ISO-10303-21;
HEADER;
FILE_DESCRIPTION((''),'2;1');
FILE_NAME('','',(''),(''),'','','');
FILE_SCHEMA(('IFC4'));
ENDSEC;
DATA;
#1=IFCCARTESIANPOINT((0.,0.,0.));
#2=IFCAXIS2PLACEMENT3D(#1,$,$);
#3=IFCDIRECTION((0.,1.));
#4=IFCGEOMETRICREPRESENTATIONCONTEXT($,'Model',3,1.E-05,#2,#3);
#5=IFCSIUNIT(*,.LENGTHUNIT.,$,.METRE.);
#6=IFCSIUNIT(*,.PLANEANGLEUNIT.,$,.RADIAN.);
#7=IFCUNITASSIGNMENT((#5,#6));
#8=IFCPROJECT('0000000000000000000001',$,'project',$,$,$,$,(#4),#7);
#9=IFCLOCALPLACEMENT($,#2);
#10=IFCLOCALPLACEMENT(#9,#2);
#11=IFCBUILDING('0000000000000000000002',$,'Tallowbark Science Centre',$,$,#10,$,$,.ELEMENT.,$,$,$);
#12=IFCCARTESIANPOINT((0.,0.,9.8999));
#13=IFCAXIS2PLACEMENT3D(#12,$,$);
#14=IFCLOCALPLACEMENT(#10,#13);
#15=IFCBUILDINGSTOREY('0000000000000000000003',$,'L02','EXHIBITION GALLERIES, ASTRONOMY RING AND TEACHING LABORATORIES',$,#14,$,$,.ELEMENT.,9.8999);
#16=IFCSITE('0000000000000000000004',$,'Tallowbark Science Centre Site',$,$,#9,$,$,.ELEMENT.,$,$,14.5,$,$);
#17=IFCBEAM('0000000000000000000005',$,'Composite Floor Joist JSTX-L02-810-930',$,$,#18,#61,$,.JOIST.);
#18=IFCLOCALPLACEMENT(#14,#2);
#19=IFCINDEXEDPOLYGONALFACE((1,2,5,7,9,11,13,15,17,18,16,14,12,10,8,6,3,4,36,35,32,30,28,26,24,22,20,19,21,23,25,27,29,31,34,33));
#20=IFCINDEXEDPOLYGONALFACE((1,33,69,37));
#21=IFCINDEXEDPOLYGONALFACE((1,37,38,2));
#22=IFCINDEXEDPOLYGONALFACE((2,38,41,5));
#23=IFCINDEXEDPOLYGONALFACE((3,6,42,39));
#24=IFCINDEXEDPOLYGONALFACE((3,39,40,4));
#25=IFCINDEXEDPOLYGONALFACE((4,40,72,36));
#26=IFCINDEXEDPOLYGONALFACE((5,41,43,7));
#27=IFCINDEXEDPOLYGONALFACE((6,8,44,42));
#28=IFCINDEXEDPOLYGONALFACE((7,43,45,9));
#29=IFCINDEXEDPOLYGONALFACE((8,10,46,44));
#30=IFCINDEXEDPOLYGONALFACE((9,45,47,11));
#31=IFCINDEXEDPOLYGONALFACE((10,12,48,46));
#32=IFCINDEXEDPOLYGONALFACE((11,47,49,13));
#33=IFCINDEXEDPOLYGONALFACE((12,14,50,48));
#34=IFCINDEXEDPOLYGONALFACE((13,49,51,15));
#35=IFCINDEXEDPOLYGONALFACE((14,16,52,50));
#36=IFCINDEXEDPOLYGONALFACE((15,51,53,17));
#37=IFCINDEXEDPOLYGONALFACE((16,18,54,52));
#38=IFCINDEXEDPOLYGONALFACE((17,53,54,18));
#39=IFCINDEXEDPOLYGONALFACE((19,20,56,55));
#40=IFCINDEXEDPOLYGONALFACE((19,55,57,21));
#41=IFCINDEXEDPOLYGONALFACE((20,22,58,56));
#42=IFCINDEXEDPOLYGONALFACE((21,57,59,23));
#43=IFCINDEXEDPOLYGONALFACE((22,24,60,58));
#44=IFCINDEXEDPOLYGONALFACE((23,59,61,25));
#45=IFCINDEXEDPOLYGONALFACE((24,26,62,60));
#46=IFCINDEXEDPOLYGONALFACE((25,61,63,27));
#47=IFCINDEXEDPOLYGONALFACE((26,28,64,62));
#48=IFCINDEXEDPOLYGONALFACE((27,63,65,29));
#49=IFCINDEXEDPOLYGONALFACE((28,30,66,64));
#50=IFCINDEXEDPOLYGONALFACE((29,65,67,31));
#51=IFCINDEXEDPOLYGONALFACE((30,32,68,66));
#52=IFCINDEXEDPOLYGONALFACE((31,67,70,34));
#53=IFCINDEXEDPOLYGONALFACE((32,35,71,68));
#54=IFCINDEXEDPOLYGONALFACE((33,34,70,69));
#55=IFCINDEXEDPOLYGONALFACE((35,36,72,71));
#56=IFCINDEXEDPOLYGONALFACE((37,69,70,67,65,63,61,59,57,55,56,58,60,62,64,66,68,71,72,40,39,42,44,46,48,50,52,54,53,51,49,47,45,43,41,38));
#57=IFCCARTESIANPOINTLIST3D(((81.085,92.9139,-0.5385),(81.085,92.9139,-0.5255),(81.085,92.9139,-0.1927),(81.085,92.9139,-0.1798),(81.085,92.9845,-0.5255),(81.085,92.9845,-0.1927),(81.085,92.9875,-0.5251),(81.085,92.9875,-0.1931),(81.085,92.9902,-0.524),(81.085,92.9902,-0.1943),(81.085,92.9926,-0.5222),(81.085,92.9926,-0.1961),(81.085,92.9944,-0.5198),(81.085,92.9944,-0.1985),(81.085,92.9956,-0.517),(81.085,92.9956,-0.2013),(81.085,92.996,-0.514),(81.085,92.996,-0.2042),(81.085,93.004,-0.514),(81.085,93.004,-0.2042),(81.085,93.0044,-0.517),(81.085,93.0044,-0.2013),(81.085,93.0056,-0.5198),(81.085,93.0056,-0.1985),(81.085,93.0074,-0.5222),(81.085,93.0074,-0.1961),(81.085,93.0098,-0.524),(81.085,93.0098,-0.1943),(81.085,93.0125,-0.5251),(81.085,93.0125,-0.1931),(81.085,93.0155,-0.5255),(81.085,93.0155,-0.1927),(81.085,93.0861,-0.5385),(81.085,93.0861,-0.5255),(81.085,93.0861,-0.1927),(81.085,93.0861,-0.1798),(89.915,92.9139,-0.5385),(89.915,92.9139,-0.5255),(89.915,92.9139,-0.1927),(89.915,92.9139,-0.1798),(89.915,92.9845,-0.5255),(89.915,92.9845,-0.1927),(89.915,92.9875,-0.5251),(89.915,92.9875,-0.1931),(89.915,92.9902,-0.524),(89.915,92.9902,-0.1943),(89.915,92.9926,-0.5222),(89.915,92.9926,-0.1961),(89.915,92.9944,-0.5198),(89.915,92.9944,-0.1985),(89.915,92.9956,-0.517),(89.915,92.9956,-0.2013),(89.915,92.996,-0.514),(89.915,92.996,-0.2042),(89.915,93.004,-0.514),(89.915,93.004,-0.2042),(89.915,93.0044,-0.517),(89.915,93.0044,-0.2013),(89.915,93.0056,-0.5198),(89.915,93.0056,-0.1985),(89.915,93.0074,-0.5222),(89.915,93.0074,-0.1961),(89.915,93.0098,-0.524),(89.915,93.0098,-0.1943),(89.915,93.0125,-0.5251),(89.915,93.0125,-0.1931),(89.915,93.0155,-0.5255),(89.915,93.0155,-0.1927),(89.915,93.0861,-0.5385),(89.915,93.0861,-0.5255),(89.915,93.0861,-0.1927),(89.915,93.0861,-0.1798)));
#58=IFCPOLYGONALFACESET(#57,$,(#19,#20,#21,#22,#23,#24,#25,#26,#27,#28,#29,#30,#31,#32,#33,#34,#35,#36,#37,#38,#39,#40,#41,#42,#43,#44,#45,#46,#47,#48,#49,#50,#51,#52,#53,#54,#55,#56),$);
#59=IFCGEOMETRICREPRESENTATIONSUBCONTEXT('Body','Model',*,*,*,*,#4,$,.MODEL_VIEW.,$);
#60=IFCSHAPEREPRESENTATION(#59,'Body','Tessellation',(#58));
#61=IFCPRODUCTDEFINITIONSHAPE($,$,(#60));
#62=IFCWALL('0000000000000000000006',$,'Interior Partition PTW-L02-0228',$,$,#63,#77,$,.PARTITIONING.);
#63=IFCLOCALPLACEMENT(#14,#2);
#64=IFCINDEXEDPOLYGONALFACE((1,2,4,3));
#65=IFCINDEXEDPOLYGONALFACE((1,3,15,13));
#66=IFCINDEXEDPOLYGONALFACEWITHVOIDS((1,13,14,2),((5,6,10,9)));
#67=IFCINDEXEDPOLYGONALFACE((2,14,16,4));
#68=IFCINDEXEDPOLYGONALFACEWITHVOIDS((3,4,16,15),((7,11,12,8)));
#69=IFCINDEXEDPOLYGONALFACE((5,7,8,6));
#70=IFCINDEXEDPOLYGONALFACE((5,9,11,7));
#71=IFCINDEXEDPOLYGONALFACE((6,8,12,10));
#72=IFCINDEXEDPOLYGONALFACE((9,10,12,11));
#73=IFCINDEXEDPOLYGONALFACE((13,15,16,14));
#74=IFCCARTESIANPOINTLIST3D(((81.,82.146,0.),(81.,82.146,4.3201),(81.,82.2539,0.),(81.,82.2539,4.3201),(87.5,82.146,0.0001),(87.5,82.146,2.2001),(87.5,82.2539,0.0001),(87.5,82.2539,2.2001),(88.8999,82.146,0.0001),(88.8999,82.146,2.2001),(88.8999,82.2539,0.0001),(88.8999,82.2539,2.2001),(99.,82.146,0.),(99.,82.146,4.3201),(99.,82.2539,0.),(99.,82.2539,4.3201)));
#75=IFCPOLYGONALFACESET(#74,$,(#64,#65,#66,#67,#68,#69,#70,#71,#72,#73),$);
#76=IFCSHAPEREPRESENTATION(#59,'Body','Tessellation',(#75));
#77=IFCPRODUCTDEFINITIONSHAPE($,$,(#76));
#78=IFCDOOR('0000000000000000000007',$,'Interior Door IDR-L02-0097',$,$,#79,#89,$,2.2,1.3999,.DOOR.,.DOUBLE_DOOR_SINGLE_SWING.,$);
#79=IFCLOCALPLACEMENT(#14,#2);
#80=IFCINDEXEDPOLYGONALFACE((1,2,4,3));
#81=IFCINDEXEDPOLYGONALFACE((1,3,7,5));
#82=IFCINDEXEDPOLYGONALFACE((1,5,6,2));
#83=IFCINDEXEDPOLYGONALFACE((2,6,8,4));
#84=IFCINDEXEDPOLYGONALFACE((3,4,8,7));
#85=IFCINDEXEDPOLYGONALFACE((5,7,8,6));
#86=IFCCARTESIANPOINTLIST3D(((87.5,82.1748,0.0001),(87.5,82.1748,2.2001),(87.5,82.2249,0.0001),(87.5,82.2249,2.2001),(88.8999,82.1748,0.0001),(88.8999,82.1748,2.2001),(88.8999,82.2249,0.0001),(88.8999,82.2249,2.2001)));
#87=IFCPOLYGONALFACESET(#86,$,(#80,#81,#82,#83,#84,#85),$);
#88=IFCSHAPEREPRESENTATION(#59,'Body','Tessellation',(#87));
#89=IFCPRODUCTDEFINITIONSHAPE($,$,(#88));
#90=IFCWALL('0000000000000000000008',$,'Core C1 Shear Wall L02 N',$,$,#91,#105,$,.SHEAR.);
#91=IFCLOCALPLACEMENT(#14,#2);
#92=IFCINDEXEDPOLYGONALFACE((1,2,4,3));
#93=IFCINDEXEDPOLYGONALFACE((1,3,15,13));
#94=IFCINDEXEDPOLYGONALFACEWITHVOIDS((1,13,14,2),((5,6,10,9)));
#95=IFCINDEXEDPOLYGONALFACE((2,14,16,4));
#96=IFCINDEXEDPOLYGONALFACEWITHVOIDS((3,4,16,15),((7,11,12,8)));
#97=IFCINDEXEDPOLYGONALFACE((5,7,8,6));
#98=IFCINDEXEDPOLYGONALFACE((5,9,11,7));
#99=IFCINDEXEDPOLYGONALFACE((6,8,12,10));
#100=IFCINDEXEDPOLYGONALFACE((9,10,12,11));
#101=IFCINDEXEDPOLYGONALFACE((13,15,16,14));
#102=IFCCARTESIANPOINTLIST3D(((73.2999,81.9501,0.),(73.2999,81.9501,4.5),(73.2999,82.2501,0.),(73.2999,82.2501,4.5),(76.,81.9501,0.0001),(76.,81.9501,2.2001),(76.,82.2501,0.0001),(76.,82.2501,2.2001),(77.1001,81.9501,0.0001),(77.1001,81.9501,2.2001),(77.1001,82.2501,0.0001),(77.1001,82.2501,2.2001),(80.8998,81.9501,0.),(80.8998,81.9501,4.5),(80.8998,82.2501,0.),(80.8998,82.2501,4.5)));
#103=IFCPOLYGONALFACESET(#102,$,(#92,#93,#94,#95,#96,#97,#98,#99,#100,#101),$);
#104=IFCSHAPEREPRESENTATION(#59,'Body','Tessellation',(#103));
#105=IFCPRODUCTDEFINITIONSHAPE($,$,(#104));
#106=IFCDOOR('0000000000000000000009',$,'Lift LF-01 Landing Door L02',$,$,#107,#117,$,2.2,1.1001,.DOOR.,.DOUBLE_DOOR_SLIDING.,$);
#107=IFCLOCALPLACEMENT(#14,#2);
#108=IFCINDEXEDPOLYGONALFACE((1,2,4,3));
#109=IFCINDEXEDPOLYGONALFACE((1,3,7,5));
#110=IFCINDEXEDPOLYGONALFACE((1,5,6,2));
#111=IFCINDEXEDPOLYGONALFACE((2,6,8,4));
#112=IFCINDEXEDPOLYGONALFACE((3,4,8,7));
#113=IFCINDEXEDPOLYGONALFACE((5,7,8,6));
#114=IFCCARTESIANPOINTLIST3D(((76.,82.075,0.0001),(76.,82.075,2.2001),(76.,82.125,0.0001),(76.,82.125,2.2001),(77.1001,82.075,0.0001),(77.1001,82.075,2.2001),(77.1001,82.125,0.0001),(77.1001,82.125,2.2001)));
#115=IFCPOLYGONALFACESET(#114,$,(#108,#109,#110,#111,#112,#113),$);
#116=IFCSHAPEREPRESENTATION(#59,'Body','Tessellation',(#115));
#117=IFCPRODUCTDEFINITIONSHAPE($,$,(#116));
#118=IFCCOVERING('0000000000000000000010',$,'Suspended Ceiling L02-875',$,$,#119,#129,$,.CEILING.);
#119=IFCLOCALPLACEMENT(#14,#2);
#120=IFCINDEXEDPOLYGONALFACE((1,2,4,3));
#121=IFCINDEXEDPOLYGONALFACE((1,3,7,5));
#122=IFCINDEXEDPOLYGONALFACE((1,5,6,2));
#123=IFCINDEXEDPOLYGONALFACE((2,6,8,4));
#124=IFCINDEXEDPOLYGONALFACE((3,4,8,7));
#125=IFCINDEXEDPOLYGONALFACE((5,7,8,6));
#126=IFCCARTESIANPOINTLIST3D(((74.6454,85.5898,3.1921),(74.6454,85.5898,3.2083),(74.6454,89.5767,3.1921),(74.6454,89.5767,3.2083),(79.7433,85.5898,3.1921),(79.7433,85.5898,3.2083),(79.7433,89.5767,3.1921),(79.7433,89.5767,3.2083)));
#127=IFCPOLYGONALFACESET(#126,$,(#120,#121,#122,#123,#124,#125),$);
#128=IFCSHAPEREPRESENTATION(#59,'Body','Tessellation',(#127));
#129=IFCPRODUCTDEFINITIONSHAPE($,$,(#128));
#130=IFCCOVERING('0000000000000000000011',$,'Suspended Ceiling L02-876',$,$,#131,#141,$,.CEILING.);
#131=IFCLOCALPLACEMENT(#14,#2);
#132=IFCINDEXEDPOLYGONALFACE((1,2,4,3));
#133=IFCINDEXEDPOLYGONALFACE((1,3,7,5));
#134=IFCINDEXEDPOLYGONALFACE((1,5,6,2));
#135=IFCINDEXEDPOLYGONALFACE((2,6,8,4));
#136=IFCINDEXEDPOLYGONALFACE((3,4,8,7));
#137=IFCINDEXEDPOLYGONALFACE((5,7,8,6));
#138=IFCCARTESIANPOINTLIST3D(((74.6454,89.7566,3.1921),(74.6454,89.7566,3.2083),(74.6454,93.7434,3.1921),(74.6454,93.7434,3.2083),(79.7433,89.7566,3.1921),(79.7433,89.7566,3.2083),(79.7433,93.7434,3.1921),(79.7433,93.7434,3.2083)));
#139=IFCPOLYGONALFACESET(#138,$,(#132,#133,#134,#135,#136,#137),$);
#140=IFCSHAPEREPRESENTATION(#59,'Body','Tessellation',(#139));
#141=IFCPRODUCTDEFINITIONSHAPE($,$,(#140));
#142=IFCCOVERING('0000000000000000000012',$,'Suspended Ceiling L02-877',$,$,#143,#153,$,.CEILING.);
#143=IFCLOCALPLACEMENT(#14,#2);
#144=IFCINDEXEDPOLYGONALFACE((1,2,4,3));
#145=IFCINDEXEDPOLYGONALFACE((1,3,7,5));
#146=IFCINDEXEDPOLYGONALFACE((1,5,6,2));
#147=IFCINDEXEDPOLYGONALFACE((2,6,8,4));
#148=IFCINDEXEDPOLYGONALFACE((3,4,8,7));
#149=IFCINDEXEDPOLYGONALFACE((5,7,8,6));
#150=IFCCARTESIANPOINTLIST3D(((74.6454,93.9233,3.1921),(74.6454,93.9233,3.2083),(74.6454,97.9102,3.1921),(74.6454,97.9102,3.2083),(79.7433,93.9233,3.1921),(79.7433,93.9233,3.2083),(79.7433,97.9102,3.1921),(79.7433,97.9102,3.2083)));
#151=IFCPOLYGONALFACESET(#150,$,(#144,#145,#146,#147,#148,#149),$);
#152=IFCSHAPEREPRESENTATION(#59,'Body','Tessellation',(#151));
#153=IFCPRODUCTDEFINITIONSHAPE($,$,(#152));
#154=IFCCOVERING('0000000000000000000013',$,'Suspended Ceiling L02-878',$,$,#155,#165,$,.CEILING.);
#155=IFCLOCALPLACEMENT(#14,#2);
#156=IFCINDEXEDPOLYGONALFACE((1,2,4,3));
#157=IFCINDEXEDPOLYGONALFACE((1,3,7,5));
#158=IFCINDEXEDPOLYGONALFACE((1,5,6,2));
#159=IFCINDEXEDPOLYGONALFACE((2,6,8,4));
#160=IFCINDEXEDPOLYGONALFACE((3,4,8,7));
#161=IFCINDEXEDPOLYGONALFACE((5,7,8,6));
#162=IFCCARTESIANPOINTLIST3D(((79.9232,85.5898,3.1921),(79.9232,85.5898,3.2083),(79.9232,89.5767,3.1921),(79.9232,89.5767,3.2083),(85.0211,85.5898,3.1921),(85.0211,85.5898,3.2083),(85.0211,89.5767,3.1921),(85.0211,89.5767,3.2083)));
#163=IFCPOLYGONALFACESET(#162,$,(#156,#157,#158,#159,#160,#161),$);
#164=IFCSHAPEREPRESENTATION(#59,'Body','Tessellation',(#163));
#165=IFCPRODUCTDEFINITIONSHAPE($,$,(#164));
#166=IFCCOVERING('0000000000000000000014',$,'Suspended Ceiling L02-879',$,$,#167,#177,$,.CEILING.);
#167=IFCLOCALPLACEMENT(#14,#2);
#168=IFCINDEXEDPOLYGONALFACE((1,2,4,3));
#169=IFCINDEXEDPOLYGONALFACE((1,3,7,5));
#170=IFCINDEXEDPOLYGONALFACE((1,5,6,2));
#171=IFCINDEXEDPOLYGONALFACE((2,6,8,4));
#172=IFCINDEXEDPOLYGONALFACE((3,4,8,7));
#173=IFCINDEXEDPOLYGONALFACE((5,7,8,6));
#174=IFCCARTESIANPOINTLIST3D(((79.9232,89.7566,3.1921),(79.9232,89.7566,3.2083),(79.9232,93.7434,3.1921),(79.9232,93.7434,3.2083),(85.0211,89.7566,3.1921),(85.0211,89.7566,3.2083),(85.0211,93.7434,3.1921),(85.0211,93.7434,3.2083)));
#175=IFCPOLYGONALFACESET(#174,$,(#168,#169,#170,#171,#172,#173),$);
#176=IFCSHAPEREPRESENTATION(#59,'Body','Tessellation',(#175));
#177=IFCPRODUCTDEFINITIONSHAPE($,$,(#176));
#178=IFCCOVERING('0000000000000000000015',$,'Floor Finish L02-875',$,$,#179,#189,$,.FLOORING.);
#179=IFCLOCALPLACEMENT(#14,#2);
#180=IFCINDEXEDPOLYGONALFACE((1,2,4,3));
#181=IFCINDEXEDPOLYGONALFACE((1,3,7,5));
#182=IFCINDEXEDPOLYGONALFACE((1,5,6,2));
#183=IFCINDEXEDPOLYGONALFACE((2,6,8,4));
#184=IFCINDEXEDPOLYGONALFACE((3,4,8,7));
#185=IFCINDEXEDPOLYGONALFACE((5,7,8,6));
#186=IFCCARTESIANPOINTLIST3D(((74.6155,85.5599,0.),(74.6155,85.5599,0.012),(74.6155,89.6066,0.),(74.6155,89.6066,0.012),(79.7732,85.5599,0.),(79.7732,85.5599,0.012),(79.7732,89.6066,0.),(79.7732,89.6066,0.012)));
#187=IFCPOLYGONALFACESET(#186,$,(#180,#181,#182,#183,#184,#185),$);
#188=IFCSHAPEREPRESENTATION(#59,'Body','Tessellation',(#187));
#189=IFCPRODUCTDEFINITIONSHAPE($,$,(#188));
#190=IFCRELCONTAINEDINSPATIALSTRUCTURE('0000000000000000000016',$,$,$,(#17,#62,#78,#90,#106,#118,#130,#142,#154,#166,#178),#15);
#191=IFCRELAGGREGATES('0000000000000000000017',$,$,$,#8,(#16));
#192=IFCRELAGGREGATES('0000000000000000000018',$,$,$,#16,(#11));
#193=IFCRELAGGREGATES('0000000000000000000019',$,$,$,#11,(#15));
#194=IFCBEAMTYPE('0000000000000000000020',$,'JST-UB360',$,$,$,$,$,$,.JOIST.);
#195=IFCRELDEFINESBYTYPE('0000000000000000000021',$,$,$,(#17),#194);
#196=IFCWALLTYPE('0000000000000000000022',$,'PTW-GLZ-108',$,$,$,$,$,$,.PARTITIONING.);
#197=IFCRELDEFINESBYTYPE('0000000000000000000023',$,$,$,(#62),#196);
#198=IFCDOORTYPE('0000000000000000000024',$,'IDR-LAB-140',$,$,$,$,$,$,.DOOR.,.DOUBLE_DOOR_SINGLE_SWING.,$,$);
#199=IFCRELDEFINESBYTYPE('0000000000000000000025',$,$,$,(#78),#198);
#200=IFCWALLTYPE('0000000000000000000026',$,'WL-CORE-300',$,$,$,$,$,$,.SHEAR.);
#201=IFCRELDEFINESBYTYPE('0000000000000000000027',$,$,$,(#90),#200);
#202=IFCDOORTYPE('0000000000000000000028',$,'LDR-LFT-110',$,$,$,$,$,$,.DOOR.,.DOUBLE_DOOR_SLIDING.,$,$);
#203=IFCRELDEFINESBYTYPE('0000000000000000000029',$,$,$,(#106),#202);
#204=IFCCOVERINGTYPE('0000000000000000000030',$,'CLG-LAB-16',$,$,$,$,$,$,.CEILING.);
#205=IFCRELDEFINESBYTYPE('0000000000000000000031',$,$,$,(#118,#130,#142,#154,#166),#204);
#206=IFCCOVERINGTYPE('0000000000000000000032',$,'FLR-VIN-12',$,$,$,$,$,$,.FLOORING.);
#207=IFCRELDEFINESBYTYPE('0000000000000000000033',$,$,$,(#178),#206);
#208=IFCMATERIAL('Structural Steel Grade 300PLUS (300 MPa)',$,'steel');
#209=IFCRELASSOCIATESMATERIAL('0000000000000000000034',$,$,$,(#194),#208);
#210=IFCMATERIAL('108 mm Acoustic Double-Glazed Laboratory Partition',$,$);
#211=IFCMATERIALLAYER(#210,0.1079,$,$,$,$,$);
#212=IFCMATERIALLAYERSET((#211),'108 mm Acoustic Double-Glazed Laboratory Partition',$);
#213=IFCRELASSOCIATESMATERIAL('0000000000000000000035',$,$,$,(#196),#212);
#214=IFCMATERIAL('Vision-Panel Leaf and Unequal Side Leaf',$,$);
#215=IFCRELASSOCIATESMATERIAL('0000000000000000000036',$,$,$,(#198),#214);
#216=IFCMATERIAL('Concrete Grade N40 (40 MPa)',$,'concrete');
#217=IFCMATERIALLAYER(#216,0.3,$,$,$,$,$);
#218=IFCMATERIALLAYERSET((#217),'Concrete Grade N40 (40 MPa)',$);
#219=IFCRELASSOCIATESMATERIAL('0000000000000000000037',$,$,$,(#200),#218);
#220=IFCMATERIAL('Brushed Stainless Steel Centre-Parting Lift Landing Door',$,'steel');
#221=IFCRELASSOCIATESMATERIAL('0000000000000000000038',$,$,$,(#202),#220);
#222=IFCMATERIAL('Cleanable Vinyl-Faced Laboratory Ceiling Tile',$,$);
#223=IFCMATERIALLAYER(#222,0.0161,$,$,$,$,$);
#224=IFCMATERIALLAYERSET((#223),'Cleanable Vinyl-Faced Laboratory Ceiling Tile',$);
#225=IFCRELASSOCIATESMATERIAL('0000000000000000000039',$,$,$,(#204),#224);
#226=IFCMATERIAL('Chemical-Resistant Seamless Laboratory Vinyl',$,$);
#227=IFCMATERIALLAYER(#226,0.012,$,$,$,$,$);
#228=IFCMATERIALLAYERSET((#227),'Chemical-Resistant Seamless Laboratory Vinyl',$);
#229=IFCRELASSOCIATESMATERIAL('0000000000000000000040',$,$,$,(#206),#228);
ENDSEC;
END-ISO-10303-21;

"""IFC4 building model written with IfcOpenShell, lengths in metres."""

from ifc_helpers import new_model, si_unit, direction, frame, frame_2d, origin, origin_2d, place, context, subcontext, project, spatial, rectangle, i_section, extrude, material, layer, layer_set, material_profile, profile_set, type_object, element, fill, save


model = new_model("IFC4")

# Units and contexts
model_context = context("Model", 3, precision=1e-05, world=origin(), true_north=direction((0.0, 1.0)))
body_context = subcontext(model_context, "Body", "Model", "MODEL_VIEW")
ifc_project = project(units=[si_unit("LENGTHUNIT", "METRE"), si_unit("PLANEANGLEUNIT", "RADIAN")], contexts=[model_context])

# Site, building, storey
site_placement = place(None, origin())
site = spatial("IfcSite", under=ifc_project, at=site_placement, Name="Tallowbark Science Centre Site", CompositionType="ELEMENT", RefElevation=14.5)
building_placement = place(site_placement, origin())
building = spatial("IfcBuilding", under=site, at=building_placement, Name="Tallowbark Science Centre", CompositionType="ELEMENT")
storey_placement = place(building_placement, frame((0.0, 0.0, 9.8999)))
storey = spatial("IfcBuildingStorey", under=building, at=storey_placement, Name="L02", Description="EXHIBITION GALLERIES, ASTRONOMY RING AND TEACHING LABORATORIES", CompositionType="ELEMENT", Elevation=9.8999)

# Shared definitions
ifc_material_1 = material(Name="Structural Steel Grade 300PLUS (300 MPa)", Category="steel")

# Beam
ifc_material_profile_1 = material_profile(ifc_material_1, i_section(OverallWidth=0.1721, OverallDepth=0.3586, WebThickness=0.0081, FlangeThickness=0.0129, FilletRadius=0.0115, at=origin_2d()), Name="360UB56.7")
ifc_profile_set_1 = profile_set([ifc_material_profile_1], Name="Structural Steel Grade 300PLUS (300 MPa)")
beam_type_1 = type_object("IfcBeamType", Name="JST-UB360", PredefinedType="JOIST", material=ifc_profile_set_1)
beam_1_placement = place(storey_placement, frame((81.085, 93.0, -0.3591), z_axis=(1.0, 0.0, 0.0), x_axis=(0.0, 1.0, 0.0)))
element("IfcBeam", 1, at=beam_1_placement, inside=storey, type_object=beam_type_1, Name="Composite Floor Joist JSTX-L02-810-930", PredefinedType="JOIST", context=body_context, shape_type="SweptSolid", body=[
    extrude(i_section(OverallWidth=0.1721, OverallDepth=0.3586, WebThickness=0.0081, FlangeThickness=0.0129, FilletRadius=0.0115, at=origin_2d()), origin(), (0.0, 0.0, 1.0), 8.8301),
])

# Walls, openings, doors
ifc_material_2 = material(Name="108 mm Acoustic Double-Glazed Laboratory Partition")
ifc_layer_1 = layer(ifc_material_2, 0.1079)
ifc_layer_set_1 = layer_set([ifc_layer_1], Name="108 mm Acoustic Double-Glazed Laboratory Partition")
wall_type_1 = type_object("IfcWallType", Name="PTW-GLZ-108", PredefinedType="PARTITIONING", material=ifc_layer_set_1)
wall_1_placement = place(storey_placement, frame((81.0, 82.2, 0.0), z_axis=(0.0, 0.0, 1.0), x_axis=(1.0, 0.0, 0.0)))
wall_1 = element("IfcWall", 2, at=wall_1_placement, inside=storey, type_object=wall_type_1, Name="Interior Partition PTW-L02-0228", PredefinedType="PARTITIONING", context=body_context, shape_type="SweptSolid", body=[
    extrude(rectangle(XDim=18.0, YDim=0.1079, at=frame_2d((9.0, 0.0))), origin(), (0.0, 0.0, 1.0), 4.3201),
])
opening_1_placement = place(wall_1_placement, frame((6.5, 0.0, 0.0)))
opening_1 = element("IfcOpeningElement", 3, at=opening_1_placement, cuts=wall_1, PredefinedType="OPENING", context=body_context, shape_type="SweptSolid", body=[
    extrude(rectangle(XDim=1.3999, YDim=2.2, at=frame_2d((0.7, 1.1001))), frame((0.0, 0.064, 0.0), z_axis=(0.0, -1.0, 0.0), x_axis=(1.0, 0.0, 0.0)), (0.0, 0.0, 1.0), 0.1279),
])
ifc_material_3 = material(Name="Vision-Panel Leaf and Unequal Side Leaf")
door_type_1 = type_object("IfcDoorType", Name="IDR-LAB-140", OperationType="DOUBLE_DOOR_SINGLE_SWING", PredefinedType="DOOR", material=ifc_material_3)
door_1_placement = place(opening_1_placement, origin())
door_1 = element("IfcDoor", 4, at=door_1_placement, inside=storey, type_object=door_type_1, Name="Interior Door IDR-L02-0097", OperationType="DOUBLE_DOOR_SINGLE_SWING", OverallHeight=2.2, OverallWidth=1.3999, PredefinedType="DOOR", context=body_context, shape_type="SweptSolid", body=[
    extrude(rectangle(XDim=1.3999, YDim=2.2, at=frame_2d((0.7, 1.1001))), frame((0.0, 0.0249, 0.0), z_axis=(0.0, -1.0, 0.0), x_axis=(1.0, 0.0, 0.0)), (0.0, 0.0, 1.0), 0.05),
])
fill(opening_1, door_1)
ifc_material_4 = material(Name="Concrete Grade N40 (40 MPa)", Category="concrete")
ifc_layer_2 = layer(ifc_material_4, 0.3)
ifc_layer_set_2 = layer_set([ifc_layer_2], Name="Concrete Grade N40 (40 MPa)")
wall_type_2 = type_object("IfcWallType", Name="WL-CORE-300", PredefinedType="SHEAR", material=ifc_layer_set_2)
wall_2_placement = place(storey_placement, frame((73.3, 82.1001, 0.0), z_axis=(0.0, 0.0, 1.0), x_axis=(1.0, 0.0, 0.0)))
wall_2 = element("IfcWall", 5, at=wall_2_placement, inside=storey, type_object=wall_type_2, Name="Core C1 Shear Wall L02 N", PredefinedType="SHEAR", context=body_context, shape_type="SweptSolid", body=[
    extrude(rectangle(XDim=7.5999, YDim=0.3, at=frame_2d((3.7998, 0.0))), origin(), (0.0, 0.0, 1.0), 4.5),
])
opening_2_placement = place(wall_2_placement, frame((2.7, 0.0, 0.0)))
opening_2 = element("IfcOpeningElement", 6, at=opening_2_placement, cuts=wall_2, PredefinedType="OPENING", context=body_context, shape_type="SweptSolid", body=[
    extrude(rectangle(XDim=1.1001, YDim=2.2, at=frame_2d((0.55, 1.1001))), frame((0.0, 0.1602, 0.0), z_axis=(0.0, -1.0, 0.0), x_axis=(1.0, 0.0, 0.0)), (0.0, 0.0, 1.0), 0.3201),
])
ifc_material_5 = material(Name="Brushed Stainless Steel Centre-Parting Lift Landing Door", Category="steel")
door_type_2 = type_object("IfcDoorType", Name="LDR-LFT-110", OperationType="DOUBLE_DOOR_SLIDING", PredefinedType="DOOR", material=ifc_material_5)
door_2_placement = place(opening_2_placement, origin())
door_2 = element("IfcDoor", 7, at=door_2_placement, inside=storey, type_object=door_type_2, Name="Lift LF-01 Landing Door L02", OperationType="DOUBLE_DOOR_SLIDING", OverallHeight=2.2, OverallWidth=1.1001, PredefinedType="DOOR", context=body_context, shape_type="SweptSolid", body=[
    extrude(rectangle(XDim=1.1001, YDim=2.2, at=frame_2d((0.55, 1.1001))), frame((0.0, 0.0249, 0.0), z_axis=(0.0, -1.0, 0.0), x_axis=(1.0, 0.0, 0.0)), (0.0, 0.0, 1.0), 0.05),
])
fill(opening_2, door_2)

# Coverings
ifc_material_6 = material(Name="Cleanable Vinyl-Faced Laboratory Ceiling Tile")
ifc_layer_3 = layer(ifc_material_6, 0.0161)
ifc_layer_set_3 = layer_set([ifc_layer_3], Name="Cleanable Vinyl-Faced Laboratory Ceiling Tile")
covering_type_1 = type_object("IfcCoveringType", Name="CLG-LAB-16", PredefinedType="CEILING", material=ifc_layer_set_3)
for number, where, z_axis, x_axis, name in (
    (8, (77.1943, 87.5833, 3.1921), (0.0, 0.0, 1.0), (1.0, 0.0, 0.0), "Suspended Ceiling L02-875"),
    (9, (77.1943, 91.75, 3.1921), (0.0, 0.0, 1.0), (1.0, 0.0, 0.0), "Suspended Ceiling L02-876"),
    (10, (77.1943, 95.9167, 3.1921), (0.0, 0.0, 1.0), (1.0, 0.0, 0.0), "Suspended Ceiling L02-877"),
    (11, (82.4722, 87.5833, 3.1921), (0.0, 0.0, 1.0), (1.0, 0.0, 0.0), "Suspended Ceiling L02-878"),
    (12, (82.4722, 91.75, 3.1921), (0.0, 0.0, 1.0), (1.0, 0.0, 0.0), "Suspended Ceiling L02-879"),
):
    element("IfcCovering", number, at=place(storey_placement, frame(where, z_axis=z_axis, x_axis=x_axis)), inside=storey, type_object=covering_type_1, Name=name, PredefinedType="CEILING", context=body_context, shape_type="SweptSolid", body=[
        extrude(rectangle(XDim=5.0979, YDim=3.9868, at=origin_2d()), origin(), (0.0, 0.0, 1.0), 0.0161),
    ])
ifc_material_7 = material(Name="Chemical-Resistant Seamless Laboratory Vinyl")
ifc_layer_4 = layer(ifc_material_7, 0.012)
ifc_layer_set_4 = layer_set([ifc_layer_4], Name="Chemical-Resistant Seamless Laboratory Vinyl")
covering_type_2 = type_object("IfcCoveringType", Name="FLR-VIN-12", PredefinedType="FLOORING", material=ifc_layer_set_4)
for number, where, z_axis, x_axis, name in (
    (13, (77.1943, 87.5833, 0.0), (0.0, 0.0, 1.0), (1.0, 0.0, 0.0), "Floor Finish L02-875"),
):
    element("IfcCovering", number, at=place(storey_placement, frame(where, z_axis=z_axis, x_axis=x_axis)), inside=storey, type_object=covering_type_2, Name=name, PredefinedType="FLOORING", context=body_context, shape_type="SweptSolid", body=[
        extrude(rectangle(XDim=5.1577, YDim=4.0466, at=origin_2d()), origin(), (0.0, 0.0, 1.0), 0.012),
    ])

save(model, "model.ifc")
